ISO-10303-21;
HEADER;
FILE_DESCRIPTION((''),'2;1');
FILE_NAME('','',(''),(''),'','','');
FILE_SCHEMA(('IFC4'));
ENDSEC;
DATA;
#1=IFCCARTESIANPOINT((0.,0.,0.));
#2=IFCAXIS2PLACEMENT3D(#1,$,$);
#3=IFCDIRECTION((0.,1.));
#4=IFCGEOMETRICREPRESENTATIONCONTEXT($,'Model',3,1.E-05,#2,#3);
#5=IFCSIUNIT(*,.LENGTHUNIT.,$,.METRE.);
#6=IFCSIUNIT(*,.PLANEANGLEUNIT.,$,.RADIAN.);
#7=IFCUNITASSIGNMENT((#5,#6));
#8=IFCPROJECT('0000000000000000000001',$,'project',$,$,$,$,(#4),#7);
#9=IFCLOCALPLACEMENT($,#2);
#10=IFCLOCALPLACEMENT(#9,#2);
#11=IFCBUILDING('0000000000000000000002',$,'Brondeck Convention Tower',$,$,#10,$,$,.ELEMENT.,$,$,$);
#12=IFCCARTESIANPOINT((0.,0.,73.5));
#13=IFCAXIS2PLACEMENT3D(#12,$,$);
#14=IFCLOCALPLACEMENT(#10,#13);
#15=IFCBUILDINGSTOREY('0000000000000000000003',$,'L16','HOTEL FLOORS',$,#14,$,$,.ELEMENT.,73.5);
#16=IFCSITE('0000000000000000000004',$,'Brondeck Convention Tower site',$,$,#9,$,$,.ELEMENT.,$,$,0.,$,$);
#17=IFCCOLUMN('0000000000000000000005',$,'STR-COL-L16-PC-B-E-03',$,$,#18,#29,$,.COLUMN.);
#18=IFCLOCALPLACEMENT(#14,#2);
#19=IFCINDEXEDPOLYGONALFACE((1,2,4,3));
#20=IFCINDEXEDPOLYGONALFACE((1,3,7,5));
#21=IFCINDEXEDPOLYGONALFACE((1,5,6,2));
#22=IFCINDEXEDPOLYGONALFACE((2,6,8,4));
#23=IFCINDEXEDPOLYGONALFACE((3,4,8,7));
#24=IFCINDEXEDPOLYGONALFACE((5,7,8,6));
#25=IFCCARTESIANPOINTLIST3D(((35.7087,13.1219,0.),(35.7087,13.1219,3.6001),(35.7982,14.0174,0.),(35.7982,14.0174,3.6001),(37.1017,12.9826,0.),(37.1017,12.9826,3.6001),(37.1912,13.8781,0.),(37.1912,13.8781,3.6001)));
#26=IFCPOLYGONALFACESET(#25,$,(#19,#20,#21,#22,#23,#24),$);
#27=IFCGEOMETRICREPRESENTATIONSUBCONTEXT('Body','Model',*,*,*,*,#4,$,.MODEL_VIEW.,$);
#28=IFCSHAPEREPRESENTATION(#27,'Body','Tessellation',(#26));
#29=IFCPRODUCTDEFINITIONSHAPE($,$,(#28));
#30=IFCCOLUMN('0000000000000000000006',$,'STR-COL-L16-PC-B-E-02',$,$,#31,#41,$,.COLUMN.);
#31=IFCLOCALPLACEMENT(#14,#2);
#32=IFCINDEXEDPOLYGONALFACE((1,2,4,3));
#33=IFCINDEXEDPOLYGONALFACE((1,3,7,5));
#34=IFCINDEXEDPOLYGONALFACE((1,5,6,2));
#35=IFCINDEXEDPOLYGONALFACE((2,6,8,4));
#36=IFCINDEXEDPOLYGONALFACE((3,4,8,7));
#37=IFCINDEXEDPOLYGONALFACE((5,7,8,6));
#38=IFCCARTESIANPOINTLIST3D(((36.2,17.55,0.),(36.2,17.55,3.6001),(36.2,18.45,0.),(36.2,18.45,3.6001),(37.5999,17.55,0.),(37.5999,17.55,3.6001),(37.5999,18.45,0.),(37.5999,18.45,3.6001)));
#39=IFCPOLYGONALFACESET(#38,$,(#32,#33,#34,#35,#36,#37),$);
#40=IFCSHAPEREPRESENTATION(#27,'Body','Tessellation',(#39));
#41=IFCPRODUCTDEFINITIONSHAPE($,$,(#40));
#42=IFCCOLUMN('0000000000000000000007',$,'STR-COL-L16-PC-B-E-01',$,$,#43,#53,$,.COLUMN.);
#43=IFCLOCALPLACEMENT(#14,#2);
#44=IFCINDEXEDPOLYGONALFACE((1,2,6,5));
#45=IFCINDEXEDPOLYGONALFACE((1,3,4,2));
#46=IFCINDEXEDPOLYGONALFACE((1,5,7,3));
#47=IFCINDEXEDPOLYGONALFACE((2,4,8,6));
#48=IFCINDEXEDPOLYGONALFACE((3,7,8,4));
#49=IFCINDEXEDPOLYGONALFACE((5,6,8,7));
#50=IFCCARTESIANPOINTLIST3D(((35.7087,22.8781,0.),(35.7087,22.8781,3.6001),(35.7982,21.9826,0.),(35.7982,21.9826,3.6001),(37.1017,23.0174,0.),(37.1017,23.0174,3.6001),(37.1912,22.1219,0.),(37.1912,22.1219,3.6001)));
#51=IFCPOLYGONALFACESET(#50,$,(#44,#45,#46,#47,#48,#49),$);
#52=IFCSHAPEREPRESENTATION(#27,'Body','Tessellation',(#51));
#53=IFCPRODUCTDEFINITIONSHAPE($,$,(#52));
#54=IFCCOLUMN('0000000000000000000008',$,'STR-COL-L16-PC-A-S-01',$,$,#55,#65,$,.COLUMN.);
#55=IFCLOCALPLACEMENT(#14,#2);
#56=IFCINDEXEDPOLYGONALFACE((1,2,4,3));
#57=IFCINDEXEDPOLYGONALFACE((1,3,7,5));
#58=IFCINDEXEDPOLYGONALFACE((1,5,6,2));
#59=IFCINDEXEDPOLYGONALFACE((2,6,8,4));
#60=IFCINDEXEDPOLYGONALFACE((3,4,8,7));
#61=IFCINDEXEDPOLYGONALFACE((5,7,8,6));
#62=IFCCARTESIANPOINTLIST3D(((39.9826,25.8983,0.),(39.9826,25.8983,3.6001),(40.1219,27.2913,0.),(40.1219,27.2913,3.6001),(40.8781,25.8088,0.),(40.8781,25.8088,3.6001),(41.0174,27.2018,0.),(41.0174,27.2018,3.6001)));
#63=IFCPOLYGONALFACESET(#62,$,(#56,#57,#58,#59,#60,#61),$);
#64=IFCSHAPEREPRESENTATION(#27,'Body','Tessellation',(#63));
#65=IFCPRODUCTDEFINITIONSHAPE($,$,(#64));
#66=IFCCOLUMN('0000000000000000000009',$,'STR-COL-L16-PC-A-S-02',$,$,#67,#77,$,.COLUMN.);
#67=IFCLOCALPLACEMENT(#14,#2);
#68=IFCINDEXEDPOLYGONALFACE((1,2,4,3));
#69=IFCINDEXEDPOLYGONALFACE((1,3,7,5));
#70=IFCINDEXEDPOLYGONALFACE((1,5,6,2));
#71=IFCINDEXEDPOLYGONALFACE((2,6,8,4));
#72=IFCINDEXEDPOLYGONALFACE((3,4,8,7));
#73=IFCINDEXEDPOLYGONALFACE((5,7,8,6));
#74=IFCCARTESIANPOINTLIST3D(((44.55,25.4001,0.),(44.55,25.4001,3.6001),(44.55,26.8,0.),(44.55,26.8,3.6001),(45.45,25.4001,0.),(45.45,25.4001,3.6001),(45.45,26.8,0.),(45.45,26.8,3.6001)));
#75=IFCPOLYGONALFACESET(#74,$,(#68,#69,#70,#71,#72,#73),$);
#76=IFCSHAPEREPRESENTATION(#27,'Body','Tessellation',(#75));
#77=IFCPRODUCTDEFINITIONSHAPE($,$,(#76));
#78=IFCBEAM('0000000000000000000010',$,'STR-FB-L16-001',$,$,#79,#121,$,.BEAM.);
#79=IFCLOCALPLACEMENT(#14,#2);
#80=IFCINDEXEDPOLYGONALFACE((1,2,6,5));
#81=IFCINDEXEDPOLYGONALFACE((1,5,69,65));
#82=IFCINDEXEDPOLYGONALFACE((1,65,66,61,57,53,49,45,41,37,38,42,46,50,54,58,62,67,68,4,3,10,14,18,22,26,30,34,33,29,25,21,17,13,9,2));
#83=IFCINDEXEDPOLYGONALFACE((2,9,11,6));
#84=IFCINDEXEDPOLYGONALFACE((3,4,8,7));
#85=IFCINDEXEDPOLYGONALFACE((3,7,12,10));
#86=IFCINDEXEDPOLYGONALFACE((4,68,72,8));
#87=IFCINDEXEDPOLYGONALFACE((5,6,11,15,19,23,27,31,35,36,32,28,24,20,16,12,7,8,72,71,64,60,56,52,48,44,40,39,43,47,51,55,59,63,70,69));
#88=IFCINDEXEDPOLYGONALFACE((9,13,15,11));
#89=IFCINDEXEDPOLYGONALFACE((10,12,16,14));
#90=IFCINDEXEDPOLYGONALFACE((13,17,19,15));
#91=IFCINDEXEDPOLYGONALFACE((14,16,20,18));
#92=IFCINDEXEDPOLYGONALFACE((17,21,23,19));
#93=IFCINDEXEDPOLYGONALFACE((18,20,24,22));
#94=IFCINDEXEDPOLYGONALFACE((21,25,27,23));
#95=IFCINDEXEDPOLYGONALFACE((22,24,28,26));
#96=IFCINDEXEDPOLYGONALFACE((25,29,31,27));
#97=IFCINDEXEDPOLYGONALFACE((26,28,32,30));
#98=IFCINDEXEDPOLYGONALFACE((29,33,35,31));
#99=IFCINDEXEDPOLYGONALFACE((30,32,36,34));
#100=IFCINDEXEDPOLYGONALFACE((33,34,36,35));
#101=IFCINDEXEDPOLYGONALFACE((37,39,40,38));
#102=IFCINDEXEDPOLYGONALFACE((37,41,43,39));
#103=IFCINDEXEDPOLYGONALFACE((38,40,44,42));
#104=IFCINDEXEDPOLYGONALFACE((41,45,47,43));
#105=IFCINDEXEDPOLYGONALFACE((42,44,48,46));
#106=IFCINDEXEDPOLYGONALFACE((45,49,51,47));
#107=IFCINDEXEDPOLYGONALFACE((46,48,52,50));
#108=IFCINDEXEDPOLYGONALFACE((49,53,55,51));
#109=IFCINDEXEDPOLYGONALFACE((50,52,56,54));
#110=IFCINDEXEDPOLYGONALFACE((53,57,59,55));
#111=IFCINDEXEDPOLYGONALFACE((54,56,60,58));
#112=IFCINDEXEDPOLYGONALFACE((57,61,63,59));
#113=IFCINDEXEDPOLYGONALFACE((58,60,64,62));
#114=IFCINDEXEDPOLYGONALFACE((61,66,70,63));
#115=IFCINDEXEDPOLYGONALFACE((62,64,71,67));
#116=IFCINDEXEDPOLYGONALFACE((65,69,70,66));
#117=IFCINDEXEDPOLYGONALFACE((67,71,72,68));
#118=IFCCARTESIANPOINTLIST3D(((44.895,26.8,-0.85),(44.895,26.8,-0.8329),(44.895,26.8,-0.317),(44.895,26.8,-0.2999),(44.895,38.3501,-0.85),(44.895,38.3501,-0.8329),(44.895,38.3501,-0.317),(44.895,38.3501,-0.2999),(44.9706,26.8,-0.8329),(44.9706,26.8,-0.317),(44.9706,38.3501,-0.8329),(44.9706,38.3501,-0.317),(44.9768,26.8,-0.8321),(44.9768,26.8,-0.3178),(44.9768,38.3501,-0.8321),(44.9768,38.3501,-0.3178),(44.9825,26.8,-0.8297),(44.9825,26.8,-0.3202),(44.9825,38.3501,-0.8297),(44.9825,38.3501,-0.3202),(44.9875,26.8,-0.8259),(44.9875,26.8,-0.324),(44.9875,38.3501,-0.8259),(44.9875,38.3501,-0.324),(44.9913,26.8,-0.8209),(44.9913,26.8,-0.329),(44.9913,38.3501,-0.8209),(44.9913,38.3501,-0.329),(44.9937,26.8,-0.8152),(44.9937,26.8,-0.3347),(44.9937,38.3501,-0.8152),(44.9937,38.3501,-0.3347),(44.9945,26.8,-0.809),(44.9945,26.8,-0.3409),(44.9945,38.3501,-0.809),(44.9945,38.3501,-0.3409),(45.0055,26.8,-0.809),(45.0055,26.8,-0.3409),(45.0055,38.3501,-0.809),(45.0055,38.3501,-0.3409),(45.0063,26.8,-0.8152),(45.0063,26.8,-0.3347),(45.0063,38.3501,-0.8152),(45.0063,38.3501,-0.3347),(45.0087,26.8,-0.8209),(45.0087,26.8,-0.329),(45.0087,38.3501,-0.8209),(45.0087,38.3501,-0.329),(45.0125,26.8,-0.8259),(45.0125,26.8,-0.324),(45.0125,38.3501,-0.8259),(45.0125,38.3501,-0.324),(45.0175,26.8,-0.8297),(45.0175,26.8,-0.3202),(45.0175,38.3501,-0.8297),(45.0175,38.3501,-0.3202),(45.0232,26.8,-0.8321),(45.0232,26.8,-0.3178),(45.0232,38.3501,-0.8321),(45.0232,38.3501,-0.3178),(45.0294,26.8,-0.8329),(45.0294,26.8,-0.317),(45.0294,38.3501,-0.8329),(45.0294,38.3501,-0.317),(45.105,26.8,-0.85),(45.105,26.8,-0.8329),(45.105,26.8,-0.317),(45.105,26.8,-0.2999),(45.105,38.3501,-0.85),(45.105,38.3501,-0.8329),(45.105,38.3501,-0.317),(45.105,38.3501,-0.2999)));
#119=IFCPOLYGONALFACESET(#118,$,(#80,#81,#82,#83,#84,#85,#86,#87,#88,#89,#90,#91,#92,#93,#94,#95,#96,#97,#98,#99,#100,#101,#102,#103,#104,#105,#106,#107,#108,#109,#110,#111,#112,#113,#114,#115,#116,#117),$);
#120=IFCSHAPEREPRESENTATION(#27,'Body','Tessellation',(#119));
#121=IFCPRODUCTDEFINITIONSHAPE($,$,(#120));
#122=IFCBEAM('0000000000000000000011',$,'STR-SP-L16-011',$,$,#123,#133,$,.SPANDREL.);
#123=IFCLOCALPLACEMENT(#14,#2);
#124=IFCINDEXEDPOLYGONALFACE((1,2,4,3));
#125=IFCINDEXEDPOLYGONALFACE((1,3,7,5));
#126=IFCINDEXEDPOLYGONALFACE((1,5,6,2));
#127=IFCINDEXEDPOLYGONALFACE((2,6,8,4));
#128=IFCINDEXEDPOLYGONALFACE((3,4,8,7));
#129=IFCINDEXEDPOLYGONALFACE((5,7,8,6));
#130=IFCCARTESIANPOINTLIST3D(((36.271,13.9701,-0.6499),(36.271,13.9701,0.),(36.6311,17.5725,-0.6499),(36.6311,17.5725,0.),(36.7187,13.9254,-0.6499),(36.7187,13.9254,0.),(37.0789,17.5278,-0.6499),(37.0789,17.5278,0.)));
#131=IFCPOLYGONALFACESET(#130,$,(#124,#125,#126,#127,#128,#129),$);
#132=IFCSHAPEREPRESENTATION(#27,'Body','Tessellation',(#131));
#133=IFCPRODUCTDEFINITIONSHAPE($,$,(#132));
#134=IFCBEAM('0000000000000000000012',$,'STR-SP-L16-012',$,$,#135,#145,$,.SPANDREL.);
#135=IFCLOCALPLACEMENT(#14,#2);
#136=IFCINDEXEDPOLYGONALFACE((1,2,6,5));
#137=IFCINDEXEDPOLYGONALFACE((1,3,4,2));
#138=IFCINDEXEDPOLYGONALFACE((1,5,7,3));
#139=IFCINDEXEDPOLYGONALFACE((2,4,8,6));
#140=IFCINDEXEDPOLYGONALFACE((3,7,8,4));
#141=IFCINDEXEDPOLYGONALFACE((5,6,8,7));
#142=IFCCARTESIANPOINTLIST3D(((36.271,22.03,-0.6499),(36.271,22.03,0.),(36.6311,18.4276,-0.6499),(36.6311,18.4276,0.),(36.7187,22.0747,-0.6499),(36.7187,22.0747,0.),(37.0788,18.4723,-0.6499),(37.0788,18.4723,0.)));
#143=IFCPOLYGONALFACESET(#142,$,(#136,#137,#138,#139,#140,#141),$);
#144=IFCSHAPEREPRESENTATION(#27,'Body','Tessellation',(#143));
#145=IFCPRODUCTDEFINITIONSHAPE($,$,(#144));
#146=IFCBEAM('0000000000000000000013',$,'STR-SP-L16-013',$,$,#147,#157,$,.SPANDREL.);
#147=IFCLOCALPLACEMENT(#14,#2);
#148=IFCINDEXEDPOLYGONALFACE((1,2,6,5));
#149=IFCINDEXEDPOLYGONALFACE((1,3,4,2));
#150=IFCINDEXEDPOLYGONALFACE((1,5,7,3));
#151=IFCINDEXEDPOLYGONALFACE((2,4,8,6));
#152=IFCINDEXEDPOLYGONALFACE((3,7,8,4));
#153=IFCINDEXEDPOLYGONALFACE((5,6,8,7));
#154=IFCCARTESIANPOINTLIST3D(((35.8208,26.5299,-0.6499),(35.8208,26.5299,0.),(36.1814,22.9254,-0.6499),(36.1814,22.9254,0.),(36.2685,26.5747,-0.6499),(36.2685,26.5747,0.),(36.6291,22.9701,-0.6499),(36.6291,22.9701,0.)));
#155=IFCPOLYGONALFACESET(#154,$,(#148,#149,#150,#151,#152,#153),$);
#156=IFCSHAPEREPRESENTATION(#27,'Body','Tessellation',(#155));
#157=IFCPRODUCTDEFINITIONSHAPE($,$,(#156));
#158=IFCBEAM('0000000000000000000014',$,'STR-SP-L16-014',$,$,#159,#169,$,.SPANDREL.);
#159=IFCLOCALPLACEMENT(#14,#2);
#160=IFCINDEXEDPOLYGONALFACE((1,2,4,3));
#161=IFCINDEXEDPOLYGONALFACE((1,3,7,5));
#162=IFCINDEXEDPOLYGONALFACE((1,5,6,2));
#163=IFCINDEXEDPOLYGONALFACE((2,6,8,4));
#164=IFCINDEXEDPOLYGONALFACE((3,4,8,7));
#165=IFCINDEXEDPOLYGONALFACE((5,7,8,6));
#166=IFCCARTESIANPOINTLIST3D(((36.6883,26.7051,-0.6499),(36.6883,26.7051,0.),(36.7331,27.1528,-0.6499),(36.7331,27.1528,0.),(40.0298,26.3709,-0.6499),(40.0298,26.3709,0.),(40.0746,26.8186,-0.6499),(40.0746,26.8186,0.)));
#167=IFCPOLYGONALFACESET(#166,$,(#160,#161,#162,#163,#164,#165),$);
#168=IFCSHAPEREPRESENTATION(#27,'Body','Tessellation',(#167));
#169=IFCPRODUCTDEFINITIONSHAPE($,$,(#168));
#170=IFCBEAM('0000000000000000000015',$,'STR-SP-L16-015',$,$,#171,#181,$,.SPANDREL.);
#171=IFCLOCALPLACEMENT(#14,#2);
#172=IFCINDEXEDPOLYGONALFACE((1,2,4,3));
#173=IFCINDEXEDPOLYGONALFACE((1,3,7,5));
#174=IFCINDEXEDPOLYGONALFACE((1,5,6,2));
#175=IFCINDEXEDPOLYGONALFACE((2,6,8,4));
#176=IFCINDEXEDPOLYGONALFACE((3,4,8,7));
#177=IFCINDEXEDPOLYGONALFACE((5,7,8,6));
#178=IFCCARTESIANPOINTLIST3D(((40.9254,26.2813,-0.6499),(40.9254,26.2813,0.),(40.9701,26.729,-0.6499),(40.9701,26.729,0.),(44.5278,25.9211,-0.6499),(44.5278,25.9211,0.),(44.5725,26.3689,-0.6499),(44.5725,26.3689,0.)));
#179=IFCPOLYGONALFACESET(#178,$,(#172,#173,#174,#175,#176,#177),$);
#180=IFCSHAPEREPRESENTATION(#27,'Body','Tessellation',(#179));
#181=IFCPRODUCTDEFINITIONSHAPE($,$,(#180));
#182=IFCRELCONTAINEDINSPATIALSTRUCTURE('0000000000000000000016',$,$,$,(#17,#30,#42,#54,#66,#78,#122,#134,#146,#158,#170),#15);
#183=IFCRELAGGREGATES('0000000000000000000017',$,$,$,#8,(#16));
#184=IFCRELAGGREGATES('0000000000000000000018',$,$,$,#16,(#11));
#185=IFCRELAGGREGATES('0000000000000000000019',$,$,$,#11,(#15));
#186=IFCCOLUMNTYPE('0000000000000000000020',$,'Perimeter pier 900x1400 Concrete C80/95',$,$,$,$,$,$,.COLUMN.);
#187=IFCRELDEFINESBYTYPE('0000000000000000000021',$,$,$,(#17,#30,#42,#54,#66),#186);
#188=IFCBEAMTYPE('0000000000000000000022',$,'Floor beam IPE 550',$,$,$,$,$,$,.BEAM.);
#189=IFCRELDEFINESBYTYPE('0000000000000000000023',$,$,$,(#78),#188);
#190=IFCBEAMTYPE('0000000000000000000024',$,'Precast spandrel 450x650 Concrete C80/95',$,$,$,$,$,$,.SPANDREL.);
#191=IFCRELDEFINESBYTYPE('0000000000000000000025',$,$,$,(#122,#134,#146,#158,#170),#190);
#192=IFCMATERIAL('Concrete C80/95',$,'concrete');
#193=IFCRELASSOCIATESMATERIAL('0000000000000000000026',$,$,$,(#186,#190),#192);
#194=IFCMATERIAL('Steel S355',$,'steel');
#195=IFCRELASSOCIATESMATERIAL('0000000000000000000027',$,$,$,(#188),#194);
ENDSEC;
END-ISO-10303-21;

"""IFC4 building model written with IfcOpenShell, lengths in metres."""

from ifc_helpers import new_model, si_unit, direction, frame, origin, origin_2d, place, context, subcontext, project, spatial, rectangle, i_section, extrude, material, material_profile, profile_set, type_object, element, save


model = new_model("IFC4")

# Units and contexts
model_context = context("Model", 3, precision=1e-05, world=origin(), true_north=direction((0.0, 1.0)))
body_context = subcontext(model_context, "Body", "Model", "MODEL_VIEW")
ifc_project = project(units=[si_unit("LENGTHUNIT", "METRE"), si_unit("PLANEANGLEUNIT", "RADIAN")], contexts=[model_context])

# Site, building, storey
site_placement = place(None, origin())
site = spatial("IfcSite", under=ifc_project, at=site_placement, Name="Brondeck Convention Tower site", CompositionType="ELEMENT", RefElevation=0.0)
building_placement = place(site_placement, origin())
building = spatial("IfcBuilding", under=site, at=building_placement, Name="Brondeck Convention Tower", CompositionType="ELEMENT")
storey_placement = place(building_placement, frame((0.0, 0.0, 73.5)))
storey = spatial("IfcBuildingStorey", under=building, at=storey_placement, Name="L16", Description="HOTEL FLOORS", CompositionType="ELEMENT", Elevation=73.5)

# Columns
ifc_material_1 = material(Name="Concrete C80/95", Category="concrete")
ifc_material_profile_1 = material_profile(ifc_material_1, rectangle(XDim=0.8999, YDim=1.3999, at=origin_2d()), Name="Perimeter pier 900x1400 Concrete C80/95")
ifc_profile_set_1 = profile_set([ifc_material_profile_1], Name="Concrete C80/95")
column_type = type_object("IfcColumnType", Name="Perimeter pier 900x1400 Concrete C80/95", PredefinedType="COLUMN", material=ifc_profile_set_1)
for number, where, z_axis, x_axis, name in (
    (1, (36.45, 13.5, 0.0), (0.0, 0.0, 1.0), (0.099504, 0.995037, 0.0), "STR-COL-L16-PC-B-E-03"),
    (2, (36.8999, 18.0, 0.0), (0.0, 0.0, 1.0), (0.0, 1.0, 0.0), "STR-COL-L16-PC-B-E-02"),
    (3, (36.45, 22.5, 0.0), (0.0, 0.0, 1.0), (-0.099504, 0.995037, 0.0), "STR-COL-L16-PC-B-E-01"),
    (4, (40.5, 26.55, 0.0), (0.0, 0.0, 1.0), (0.995037, -0.099504, 0.0), "STR-COL-L16-PC-A-S-01"),
    (5, (45.0, 26.1001, 0.0), (0.0, 0.0, 1.0), (1.0, 0.0, 0.0), "STR-COL-L16-PC-A-S-02"),
):
    element("IfcColumn", number, at=place(storey_placement, frame(where, z_axis=z_axis, x_axis=x_axis)), inside=storey, type_object=column_type, Name=name, PredefinedType="COLUMN", context=body_context, shape_type="SweptSolid", body=[
        extrude(rectangle(XDim=0.8999, YDim=1.3999, at=origin_2d()), origin(), (0.0, 0.0, 1.0), 3.6001),
    ])

# Beams
ifc_material_2 = material(Name="Steel S355", Category="steel")
ifc_material_profile_2 = material_profile(ifc_material_2, i_section(OverallWidth=0.21, OverallDepth=0.55, WebThickness=0.011, FlangeThickness=0.0171, FilletRadius=0.0239, at=origin_2d()), Name="IPE 550")
ifc_profile_set_2 = profile_set([ifc_material_profile_2], Name="Steel S355")
beam_type_1 = type_object("IfcBeamType", Name="Floor beam IPE 550", PredefinedType="BEAM", material=ifc_profile_set_2)
beam_1_placement = place(storey_placement, frame((45.0, 26.8, -0.575), z_axis=(0.0, 1.0, 0.0), x_axis=(-1.0, 0.0, 0.0)))
element("IfcBeam", 6, at=beam_1_placement, inside=storey, type_object=beam_type_1, Name="STR-FB-L16-001", PredefinedType="BEAM", context=body_context, shape_type="SweptSolid", body=[
    extrude(i_section(OverallWidth=0.21, OverallDepth=0.55, WebThickness=0.011, FlangeThickness=0.0171, FilletRadius=0.0239, at=origin_2d()), origin(), (0.0, 0.0, 1.0), 11.55),
])
ifc_material_profile_3 = material_profile(ifc_material_1, rectangle(XDim=0.45, YDim=0.6499, at=origin_2d()), Name="Precast spandrel 450x650 Concrete C80/95")
ifc_profile_set_3 = profile_set([ifc_material_profile_3], Name="Concrete C80/95")
beam_type_2 = type_object("IfcBeamType", Name="Precast spandrel 450x650 Concrete C80/95", PredefinedType="SPANDREL", material=ifc_profile_set_3)
for number, where, z_axis, x_axis, name in (
    (7, (36.4949, 13.9478, -0.325), (0.09947, 0.995041, 0.0), (-0.995041, 0.09947, 0.0), "STR-SP-L16-011"),
    (8, (36.855, 18.45, -0.325), (-0.09947, 0.995041, 0.0), (-0.995041, -0.09947, 0.0), "STR-SP-L16-012"),
):
    element("IfcBeam", number, at=place(storey_placement, frame(where, z_axis=z_axis, x_axis=x_axis)), inside=storey, type_object=beam_type_2, Name=name, PredefinedType="SPANDREL", context=body_context, shape_type="SweptSolid", body=[
        extrude(rectangle(XDim=0.45, YDim=0.6499, at=origin_2d()), origin(), (0.0, 0.0, 1.0), 3.6204),
    ])
beam_2_placement = place(storey_placement, frame((36.4053, 22.9478, -0.325), z_axis=(-0.099544, 0.995033, 0.0), x_axis=(-0.995033, -0.099544, 0.0)))
element("IfcBeam", 9, at=beam_2_placement, inside=storey, type_object=beam_type_2, Name="STR-SP-L16-013", PredefinedType="SPANDREL", context=body_context, shape_type="SweptSolid", body=[
    extrude(rectangle(XDim=0.45, YDim=0.6499, at=origin_2d()), origin(), (0.0, 0.0, 1.0), 3.6226),
])
beam_3_placement = place(storey_placement, frame((36.7107, 26.929, -0.325), z_axis=(0.995035, -0.099525, 0.0), x_axis=(0.099525, 0.995035, 0.0)))
element("IfcBeam", 10, at=beam_3_placement, inside=storey, type_object=beam_type_2, Name="STR-SP-L16-014", PredefinedType="SPANDREL", context=body_context, shape_type="SweptSolid", body=[
    extrude(rectangle(XDim=0.45, YDim=0.6499, at=origin_2d()), origin(), (0.0, 0.0, 1.0), 3.3582),
])
beam_4_placement = place(storey_placement, frame((40.9478, 26.5051, -0.325), z_axis=(0.995041, -0.09947, 0.0), x_axis=(0.09947, 0.995041, 0.0)))
element("IfcBeam", 11, at=beam_4_placement, inside=storey, type_object=beam_type_2, Name="STR-SP-L16-015", PredefinedType="SPANDREL", context=body_context, shape_type="SweptSolid", body=[
    extrude(rectangle(XDim=0.45, YDim=0.6499, at=origin_2d()), origin(), (0.0, 0.0, 1.0), 3.6204),
])

save(model, "model.ifc")
